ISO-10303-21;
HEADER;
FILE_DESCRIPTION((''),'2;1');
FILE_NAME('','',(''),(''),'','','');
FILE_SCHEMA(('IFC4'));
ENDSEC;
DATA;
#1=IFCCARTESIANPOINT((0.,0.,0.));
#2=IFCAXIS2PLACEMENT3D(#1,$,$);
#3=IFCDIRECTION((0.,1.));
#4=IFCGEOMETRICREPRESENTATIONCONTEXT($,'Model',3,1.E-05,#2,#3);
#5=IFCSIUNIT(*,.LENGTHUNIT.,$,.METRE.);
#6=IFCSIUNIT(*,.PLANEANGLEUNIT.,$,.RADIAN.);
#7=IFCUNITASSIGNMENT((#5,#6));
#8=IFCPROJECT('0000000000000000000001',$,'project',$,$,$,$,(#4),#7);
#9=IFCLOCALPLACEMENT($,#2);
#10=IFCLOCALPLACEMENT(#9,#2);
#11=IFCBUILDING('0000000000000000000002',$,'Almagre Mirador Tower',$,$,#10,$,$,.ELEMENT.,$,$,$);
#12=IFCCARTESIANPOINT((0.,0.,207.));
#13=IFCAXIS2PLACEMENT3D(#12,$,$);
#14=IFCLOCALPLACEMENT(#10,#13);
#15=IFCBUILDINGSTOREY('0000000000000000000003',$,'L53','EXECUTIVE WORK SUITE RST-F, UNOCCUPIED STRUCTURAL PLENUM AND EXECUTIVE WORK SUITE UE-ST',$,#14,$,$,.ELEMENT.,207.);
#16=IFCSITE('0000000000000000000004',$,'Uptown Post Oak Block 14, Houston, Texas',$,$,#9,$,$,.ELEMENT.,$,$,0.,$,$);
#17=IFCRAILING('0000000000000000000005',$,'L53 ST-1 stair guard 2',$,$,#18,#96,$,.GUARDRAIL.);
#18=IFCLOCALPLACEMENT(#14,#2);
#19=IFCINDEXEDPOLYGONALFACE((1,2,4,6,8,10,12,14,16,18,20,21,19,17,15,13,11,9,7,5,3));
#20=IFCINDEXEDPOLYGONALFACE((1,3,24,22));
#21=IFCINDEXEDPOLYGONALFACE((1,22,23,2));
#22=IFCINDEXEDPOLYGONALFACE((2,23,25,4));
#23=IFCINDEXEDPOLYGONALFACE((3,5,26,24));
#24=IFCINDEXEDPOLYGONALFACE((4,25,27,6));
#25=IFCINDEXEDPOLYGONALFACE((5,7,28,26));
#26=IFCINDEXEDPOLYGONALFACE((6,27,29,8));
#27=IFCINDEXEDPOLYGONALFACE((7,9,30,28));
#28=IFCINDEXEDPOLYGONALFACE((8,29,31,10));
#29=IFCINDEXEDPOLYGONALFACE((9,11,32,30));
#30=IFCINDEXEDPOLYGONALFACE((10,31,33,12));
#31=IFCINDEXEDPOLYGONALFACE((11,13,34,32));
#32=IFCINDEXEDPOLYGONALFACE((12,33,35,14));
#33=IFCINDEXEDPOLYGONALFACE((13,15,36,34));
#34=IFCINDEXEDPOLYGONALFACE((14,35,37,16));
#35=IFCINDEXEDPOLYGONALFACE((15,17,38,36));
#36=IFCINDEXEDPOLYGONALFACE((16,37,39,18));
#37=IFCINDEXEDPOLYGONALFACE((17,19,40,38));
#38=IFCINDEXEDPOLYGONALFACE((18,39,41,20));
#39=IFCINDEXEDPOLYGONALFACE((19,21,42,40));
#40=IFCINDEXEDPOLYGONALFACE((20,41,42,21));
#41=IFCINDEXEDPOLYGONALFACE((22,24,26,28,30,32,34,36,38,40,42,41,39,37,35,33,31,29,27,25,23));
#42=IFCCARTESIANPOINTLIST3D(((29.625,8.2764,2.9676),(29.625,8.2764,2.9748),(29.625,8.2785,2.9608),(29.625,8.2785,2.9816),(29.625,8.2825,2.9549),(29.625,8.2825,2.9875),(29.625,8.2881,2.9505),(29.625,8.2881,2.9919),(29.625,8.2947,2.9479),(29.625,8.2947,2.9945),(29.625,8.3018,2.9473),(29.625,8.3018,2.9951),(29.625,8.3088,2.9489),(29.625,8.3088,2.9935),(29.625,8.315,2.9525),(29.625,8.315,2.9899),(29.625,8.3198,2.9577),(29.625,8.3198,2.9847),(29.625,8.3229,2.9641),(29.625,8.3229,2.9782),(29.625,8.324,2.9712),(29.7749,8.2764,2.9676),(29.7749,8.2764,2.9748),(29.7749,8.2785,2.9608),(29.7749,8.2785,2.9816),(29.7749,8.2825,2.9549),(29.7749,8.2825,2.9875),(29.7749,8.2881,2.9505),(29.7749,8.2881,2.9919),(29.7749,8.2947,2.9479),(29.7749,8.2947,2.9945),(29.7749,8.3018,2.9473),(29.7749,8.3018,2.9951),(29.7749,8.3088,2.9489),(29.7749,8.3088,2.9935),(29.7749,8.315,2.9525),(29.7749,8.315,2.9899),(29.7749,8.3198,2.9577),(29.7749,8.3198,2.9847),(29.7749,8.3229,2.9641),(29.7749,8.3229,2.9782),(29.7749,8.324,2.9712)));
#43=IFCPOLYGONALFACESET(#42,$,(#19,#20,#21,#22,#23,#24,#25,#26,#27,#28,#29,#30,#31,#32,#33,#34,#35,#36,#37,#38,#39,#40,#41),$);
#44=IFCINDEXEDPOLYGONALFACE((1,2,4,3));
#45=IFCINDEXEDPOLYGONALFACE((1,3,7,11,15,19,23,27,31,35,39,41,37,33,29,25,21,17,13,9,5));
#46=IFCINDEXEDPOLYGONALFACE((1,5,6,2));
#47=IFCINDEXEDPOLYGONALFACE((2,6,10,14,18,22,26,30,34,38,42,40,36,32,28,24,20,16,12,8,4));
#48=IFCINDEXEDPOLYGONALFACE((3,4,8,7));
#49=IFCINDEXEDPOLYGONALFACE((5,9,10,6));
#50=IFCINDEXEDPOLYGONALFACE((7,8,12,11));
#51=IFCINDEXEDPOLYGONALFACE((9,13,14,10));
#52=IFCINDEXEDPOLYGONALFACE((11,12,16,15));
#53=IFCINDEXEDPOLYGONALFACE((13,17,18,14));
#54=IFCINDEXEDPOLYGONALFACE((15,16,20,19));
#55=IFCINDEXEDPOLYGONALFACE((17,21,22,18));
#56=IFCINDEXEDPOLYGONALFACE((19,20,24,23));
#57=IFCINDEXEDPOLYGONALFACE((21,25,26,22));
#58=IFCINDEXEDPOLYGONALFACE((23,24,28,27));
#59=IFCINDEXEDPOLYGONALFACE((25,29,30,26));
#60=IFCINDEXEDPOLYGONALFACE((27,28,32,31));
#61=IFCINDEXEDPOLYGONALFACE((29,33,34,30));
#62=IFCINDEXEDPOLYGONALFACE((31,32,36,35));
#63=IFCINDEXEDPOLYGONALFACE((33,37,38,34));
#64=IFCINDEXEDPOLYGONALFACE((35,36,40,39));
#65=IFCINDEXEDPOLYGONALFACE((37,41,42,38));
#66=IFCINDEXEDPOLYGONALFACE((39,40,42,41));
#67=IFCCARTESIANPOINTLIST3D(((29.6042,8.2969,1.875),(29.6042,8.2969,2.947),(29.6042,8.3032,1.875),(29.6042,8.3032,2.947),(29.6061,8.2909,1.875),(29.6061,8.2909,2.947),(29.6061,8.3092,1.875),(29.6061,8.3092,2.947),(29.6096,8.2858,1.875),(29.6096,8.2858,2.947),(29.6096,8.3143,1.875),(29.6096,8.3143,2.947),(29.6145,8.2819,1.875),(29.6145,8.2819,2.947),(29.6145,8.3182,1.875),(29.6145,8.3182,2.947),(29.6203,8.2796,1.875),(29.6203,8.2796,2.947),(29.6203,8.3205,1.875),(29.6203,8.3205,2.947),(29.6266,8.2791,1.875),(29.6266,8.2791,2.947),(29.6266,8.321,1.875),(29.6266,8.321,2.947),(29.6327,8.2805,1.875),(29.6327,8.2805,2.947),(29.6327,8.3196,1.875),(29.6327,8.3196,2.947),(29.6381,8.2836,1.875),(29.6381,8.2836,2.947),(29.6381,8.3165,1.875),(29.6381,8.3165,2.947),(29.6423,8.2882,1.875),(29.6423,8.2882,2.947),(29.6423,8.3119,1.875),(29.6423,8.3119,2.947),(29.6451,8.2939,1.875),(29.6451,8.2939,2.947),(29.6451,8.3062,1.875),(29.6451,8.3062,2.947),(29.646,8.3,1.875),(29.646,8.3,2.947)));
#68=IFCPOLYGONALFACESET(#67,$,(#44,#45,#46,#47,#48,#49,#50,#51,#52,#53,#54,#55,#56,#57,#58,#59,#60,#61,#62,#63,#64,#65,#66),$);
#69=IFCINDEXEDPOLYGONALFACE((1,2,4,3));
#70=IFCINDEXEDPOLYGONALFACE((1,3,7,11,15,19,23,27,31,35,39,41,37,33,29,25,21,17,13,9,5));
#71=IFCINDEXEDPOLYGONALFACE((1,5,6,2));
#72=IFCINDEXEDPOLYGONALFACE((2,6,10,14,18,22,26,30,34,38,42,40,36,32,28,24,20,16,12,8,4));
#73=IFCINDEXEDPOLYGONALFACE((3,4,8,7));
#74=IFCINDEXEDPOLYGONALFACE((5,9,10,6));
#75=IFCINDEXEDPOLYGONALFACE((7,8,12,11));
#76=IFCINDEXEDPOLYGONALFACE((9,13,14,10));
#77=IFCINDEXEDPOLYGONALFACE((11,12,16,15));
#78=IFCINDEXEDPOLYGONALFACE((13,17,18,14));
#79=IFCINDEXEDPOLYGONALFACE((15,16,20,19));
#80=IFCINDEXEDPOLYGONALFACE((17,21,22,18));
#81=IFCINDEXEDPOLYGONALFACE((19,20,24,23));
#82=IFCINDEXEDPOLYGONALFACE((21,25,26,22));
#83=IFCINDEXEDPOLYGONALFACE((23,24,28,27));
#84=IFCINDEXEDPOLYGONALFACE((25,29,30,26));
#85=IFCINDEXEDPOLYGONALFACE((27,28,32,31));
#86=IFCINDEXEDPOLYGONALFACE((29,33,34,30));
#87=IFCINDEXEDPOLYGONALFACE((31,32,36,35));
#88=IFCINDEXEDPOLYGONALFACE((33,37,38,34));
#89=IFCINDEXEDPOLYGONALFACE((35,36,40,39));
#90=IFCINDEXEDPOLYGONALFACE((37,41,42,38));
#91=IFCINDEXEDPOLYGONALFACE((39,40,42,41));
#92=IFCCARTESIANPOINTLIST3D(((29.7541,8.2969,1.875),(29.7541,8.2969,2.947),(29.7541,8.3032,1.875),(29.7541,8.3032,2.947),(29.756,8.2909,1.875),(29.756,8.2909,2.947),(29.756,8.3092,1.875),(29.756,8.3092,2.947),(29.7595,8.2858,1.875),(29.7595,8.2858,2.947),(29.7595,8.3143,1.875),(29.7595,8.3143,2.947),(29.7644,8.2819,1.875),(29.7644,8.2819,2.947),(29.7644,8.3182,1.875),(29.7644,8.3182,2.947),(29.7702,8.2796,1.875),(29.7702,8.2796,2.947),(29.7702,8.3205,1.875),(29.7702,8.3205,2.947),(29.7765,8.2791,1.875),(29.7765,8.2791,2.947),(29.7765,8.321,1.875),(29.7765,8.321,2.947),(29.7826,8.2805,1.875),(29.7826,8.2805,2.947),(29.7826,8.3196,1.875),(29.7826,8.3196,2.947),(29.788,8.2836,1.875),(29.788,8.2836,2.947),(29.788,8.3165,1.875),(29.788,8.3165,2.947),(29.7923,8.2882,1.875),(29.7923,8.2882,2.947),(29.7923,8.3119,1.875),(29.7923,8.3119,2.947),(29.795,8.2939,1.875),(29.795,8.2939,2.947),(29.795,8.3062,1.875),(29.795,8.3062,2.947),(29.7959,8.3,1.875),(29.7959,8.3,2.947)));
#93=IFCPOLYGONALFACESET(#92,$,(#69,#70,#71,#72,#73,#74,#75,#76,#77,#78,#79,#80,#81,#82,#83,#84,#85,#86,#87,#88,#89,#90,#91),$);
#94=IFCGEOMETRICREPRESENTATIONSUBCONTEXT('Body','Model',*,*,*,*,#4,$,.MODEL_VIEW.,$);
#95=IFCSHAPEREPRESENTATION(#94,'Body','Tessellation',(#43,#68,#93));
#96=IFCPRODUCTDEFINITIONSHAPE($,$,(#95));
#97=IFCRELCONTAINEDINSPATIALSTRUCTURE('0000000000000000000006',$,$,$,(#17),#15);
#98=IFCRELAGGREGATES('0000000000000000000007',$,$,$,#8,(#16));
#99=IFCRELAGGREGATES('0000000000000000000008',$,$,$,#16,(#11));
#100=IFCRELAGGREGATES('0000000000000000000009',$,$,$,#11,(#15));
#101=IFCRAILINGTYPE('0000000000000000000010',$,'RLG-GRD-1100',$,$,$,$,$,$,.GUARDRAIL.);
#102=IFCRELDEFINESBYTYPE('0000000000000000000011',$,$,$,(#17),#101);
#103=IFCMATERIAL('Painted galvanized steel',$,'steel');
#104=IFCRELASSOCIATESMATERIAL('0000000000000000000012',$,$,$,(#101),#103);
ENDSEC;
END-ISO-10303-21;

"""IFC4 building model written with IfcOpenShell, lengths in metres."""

from ifc_helpers import new_model, si_unit, direction, frame, origin, origin_2d, place, context, subcontext, project, spatial, circle, extrude, material, type_object, element, save


model = new_model("IFC4")

# Units and contexts
model_context = context("Model", 3, precision=1e-05, world=origin(), true_north=direction((0.0, 1.0)))
body_context = subcontext(model_context, "Body", "Model", "MODEL_VIEW")
ifc_project = project(units=[si_unit("LENGTHUNIT", "METRE"), si_unit("PLANEANGLEUNIT", "RADIAN")], contexts=[model_context])

# Site, building, storey
site_placement = place(None, origin())
site = spatial("IfcSite", under=ifc_project, at=site_placement, Name="Uptown Post Oak Block 14, Houston, Texas", CompositionType="ELEMENT", RefElevation=0.0)
building_placement = place(site_placement, origin())
building = spatial("IfcBuilding", under=site, at=building_placement, Name="Almagre Mirador Tower", CompositionType="ELEMENT")
storey_placement = place(building_placement, frame((0.0, 0.0, 207.0)))
storey = spatial("IfcBuildingStorey", under=building, at=storey_placement, Name="L53", Description="EXECUTIVE WORK SUITE RST-F, UNOCCUPIED STRUCTURAL PLENUM AND EXECUTIVE WORK SUITE UE-ST", CompositionType="ELEMENT", Elevation=207.0)

# Railing
ifc_material_1 = material(Name="Painted galvanized steel", Category="steel")
railing_type_1 = type_object("IfcRailingType", Name="RLG-GRD-1100", PredefinedType="GUARDRAIL", material=ifc_material_1)
railing_1_placement = place(storey_placement, frame((29.625, 8.3, 1.875)))
element("IfcRailing", 1, at=railing_1_placement, inside=storey, type_object=railing_type_1, Name="L53 ST-1 stair guard 2", PredefinedType="GUARDRAIL", context=body_context, shape_type="SweptSolid", body=[
    extrude(circle(Radius=0.0239, at=origin_2d()), frame((0.0, 0.0, 1.0962), z_axis=(1.0, 0.0, 0.0), x_axis=(0.0, 1.0, 0.0)), (0.0, 0.0, 1.0), 0.1499),
    extrude(circle(Radius=0.021, at=origin_2d()), origin(), (0.0, 0.0, 1.0), 1.072),
    extrude(circle(Radius=0.021, at=origin_2d()), frame((0.1499, 0.0, 0.0)), (0.0, 0.0, 1.0), 1.072),
])

save(model, "model.ifc")
